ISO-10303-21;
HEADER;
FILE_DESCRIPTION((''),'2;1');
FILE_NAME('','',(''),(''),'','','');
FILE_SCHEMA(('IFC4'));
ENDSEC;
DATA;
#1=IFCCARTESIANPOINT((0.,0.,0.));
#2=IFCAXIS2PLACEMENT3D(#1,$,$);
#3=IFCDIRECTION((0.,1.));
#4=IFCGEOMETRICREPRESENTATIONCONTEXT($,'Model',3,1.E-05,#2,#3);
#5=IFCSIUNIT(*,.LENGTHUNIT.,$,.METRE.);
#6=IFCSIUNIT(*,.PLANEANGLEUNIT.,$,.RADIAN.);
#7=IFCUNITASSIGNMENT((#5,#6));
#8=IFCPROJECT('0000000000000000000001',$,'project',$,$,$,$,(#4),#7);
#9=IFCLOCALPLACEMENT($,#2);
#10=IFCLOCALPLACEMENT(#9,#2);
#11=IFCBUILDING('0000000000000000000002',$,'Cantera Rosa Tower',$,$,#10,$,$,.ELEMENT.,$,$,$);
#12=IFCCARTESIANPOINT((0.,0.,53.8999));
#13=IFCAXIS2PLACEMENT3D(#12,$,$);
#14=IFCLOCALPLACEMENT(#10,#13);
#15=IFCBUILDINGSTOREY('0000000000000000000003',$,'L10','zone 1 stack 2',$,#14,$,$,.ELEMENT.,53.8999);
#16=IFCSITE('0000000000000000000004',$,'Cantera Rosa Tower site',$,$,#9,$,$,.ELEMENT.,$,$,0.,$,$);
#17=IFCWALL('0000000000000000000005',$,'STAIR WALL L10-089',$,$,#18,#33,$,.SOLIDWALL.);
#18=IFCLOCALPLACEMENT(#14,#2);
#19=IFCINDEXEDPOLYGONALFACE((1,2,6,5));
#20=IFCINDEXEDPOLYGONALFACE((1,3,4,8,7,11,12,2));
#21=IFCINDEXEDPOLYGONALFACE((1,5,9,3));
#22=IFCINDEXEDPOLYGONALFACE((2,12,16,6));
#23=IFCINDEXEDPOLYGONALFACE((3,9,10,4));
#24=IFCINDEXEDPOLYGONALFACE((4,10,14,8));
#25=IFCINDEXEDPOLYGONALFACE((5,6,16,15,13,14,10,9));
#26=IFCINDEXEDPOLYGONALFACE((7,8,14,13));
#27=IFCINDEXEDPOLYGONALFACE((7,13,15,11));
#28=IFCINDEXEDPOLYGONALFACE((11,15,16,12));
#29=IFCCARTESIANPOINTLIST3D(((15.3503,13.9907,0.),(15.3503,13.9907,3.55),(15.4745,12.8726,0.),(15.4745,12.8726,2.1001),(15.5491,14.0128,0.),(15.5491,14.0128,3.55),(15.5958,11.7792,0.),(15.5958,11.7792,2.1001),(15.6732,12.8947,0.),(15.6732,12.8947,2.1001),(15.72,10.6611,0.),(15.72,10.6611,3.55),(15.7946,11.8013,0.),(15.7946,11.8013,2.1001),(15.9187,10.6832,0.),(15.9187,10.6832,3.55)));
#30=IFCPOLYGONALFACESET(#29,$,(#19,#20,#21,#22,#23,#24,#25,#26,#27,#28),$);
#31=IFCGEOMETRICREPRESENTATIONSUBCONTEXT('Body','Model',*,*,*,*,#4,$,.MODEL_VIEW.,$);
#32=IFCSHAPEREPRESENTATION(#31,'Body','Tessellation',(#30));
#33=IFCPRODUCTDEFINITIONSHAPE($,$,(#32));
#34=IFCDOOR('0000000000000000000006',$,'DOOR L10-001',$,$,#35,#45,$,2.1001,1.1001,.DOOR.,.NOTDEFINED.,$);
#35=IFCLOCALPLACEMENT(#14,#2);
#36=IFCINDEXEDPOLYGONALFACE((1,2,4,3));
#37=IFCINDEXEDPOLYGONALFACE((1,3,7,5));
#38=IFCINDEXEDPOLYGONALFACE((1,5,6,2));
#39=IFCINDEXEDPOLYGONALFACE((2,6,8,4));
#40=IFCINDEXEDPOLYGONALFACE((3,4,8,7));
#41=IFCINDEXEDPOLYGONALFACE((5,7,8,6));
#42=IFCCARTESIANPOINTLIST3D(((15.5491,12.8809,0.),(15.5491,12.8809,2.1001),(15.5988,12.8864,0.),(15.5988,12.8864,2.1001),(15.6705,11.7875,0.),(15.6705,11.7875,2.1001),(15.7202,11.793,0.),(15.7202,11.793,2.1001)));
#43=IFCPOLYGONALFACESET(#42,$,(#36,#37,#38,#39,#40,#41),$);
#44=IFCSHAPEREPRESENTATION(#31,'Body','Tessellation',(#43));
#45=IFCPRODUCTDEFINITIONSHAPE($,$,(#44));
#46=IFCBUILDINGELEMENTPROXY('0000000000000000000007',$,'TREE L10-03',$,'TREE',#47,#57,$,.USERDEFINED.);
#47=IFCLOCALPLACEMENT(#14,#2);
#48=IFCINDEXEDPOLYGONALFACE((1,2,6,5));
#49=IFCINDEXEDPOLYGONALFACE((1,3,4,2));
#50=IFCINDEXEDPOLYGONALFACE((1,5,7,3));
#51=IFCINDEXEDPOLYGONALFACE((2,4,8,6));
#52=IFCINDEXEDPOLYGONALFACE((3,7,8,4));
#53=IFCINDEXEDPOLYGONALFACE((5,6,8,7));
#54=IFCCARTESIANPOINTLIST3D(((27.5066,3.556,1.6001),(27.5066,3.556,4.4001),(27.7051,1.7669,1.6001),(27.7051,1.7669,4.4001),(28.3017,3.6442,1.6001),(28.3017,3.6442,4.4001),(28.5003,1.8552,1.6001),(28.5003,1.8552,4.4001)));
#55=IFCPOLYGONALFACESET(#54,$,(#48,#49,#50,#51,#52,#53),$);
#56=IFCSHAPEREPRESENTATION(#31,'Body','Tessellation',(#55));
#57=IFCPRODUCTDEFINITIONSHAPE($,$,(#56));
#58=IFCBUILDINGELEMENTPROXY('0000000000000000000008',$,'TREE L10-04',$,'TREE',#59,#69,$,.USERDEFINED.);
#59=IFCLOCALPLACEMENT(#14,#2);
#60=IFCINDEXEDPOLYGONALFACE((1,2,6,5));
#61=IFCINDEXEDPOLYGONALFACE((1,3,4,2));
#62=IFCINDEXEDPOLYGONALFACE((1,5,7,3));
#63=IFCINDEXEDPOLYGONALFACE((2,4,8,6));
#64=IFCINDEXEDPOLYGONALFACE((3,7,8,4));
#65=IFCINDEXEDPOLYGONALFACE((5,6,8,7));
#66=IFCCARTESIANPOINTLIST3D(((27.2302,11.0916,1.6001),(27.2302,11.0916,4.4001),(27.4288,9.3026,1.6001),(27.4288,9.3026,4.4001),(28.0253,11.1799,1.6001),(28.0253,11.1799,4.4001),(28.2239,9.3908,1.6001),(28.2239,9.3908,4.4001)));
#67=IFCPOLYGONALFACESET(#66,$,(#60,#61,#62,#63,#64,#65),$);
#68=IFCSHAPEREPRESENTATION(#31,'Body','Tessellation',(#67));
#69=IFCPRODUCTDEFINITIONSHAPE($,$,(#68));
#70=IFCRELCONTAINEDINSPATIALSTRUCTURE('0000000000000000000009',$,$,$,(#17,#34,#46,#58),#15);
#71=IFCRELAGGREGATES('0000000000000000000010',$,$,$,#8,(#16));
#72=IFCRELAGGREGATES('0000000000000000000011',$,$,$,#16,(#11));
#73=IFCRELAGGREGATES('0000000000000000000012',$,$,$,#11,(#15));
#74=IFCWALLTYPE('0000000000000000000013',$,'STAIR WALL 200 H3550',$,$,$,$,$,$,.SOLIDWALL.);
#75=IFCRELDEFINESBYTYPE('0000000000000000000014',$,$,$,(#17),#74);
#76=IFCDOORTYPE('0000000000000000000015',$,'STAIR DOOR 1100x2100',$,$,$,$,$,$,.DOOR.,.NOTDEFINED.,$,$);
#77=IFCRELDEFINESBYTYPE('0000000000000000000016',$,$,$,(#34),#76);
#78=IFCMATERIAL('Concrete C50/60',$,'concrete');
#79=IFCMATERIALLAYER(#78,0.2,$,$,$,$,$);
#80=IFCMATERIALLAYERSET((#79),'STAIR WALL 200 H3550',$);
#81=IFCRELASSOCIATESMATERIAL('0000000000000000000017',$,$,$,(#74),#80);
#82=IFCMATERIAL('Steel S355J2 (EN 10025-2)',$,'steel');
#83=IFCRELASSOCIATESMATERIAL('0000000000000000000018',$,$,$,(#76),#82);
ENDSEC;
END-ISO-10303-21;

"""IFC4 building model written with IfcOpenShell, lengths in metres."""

from ifc_helpers import new_model, si_unit, direction, frame, frame_2d, origin, origin_2d, place, context, subcontext, project, spatial, rectangle, extrude, material, layer, layer_set, type_object, element, fill, save


model = new_model("IFC4")

# Units and contexts
model_context = context("Model", 3, precision=1e-05, world=origin(), true_north=direction((0.0, 1.0)))
body_context = subcontext(model_context, "Body", "Model", "MODEL_VIEW")
ifc_project = project(units=[si_unit("LENGTHUNIT", "METRE"), si_unit("PLANEANGLEUNIT", "RADIAN")], contexts=[model_context])

# Site, building, storey
site_placement = place(None, origin())
site = spatial("IfcSite", under=ifc_project, at=site_placement, Name="Cantera Rosa Tower site", CompositionType="ELEMENT", RefElevation=0.0)
building_placement = place(site_placement, origin())
building = spatial("IfcBuilding", under=site, at=building_placement, Name="Cantera Rosa Tower", CompositionType="ELEMENT")
storey_placement = place(building_placement, frame((0.0, 0.0, 53.8999)))
storey = spatial("IfcBuildingStorey", under=building, at=storey_placement, Name="L10", Description="zone 1 stack 2", CompositionType="ELEMENT", Elevation=53.8999)

# Shared definitions
ifc_material_1 = material(Name="Concrete C50/60", Category="concrete")
ifc_layer_1 = layer(ifc_material_1, 0.2)
ifc_layer_set_1 = layer_set([ifc_layer_1], Name="STAIR WALL 200 H3550")
wall_type_1 = type_object("IfcWallType", Name="STAIR WALL 200 H3550", PredefinedType="SOLIDWALL", material=ifc_layer_set_1)

# Wall, opening, door
wall_1_placement = place(storey_placement, frame((15.8193, 10.6721, 0.0), z_axis=(0.0, 0.0, 1.0), x_axis=(-0.110336, 0.993894, 0.0)))
wall_1 = element("IfcWall", 1, at=wall_1_placement, inside=storey, type_object=wall_type_1, Name="STAIR WALL L10-089", PredefinedType="SOLIDWALL", context=body_context, shape_type="SweptSolid", body=[
    extrude(rectangle(XDim=3.3501, YDim=0.2, at=frame_2d((1.675, 0.0))), origin(), (0.0, 0.0, 1.0), 3.55),
])
opening_1_placement = place(wall_1_placement, frame((1.125, 0.0, 0.0)))
opening_1 = element("IfcOpeningElement", 2, at=opening_1_placement, cuts=wall_1, PredefinedType="OPENING", context=body_context, shape_type="SweptSolid", body=[
    extrude(rectangle(XDim=1.1001, YDim=2.1001, at=frame_2d((0.55, 1.05))), frame((0.0, 0.1099, 0.0), z_axis=(0.0, -1.0, 0.0), x_axis=(1.0, 0.0, 0.0)), (0.0, 0.0, 1.0), 0.22),
])
ifc_material_2 = material(Name="Steel S355J2 (EN 10025-2)", Category="steel")
door_type_1 = type_object("IfcDoorType", Name="STAIR DOOR 1100x2100", OperationType="NOTDEFINED", PredefinedType="DOOR", material=ifc_material_2)
door_1_placement = place(opening_1_placement, origin())
door_1 = element("IfcDoor", 3, at=door_1_placement, inside=storey, type_object=door_type_1, Name="DOOR L10-001", OperationType="NOTDEFINED", OverallHeight=2.1001, OverallWidth=1.1001, PredefinedType="DOOR", context=body_context, shape_type="SweptSolid", body=[
    extrude(rectangle(XDim=1.1001, YDim=2.1001, at=frame_2d((0.55, 1.05))), frame((0.0, 0.0249, 0.0), z_axis=(0.0, -1.0, 0.0), x_axis=(1.0, 0.0, 0.0)), (0.0, 0.0, 1.0), 0.05),
])
fill(opening_1, door_1)

# Building element proxies
for number, where, z_axis, x_axis, name in (
    (4, (28.0034, 2.7056, 1.6001), (0.0, 0.0, 1.0), (-0.110313, 0.993897, 0.0), "TREE L10-03"),
    (5, (27.7271, 10.2412, 1.6001), (0.0, 0.0, 1.0), (-0.110313, 0.993897, 0.0), "TREE L10-04"),
):
    element("IfcBuildingElementProxy", number, at=place(storey_placement, frame(where, z_axis=z_axis, x_axis=x_axis)), inside=storey, Name=name, ObjectType="TREE", PredefinedType="USERDEFINED", context=body_context, shape_type="SweptSolid", body=[
        extrude(rectangle(XDim=1.8, YDim=0.8, at=origin_2d()), origin(), (0.0, 0.0, 1.0), 2.8),
    ])

save(model, "model.ifc")
